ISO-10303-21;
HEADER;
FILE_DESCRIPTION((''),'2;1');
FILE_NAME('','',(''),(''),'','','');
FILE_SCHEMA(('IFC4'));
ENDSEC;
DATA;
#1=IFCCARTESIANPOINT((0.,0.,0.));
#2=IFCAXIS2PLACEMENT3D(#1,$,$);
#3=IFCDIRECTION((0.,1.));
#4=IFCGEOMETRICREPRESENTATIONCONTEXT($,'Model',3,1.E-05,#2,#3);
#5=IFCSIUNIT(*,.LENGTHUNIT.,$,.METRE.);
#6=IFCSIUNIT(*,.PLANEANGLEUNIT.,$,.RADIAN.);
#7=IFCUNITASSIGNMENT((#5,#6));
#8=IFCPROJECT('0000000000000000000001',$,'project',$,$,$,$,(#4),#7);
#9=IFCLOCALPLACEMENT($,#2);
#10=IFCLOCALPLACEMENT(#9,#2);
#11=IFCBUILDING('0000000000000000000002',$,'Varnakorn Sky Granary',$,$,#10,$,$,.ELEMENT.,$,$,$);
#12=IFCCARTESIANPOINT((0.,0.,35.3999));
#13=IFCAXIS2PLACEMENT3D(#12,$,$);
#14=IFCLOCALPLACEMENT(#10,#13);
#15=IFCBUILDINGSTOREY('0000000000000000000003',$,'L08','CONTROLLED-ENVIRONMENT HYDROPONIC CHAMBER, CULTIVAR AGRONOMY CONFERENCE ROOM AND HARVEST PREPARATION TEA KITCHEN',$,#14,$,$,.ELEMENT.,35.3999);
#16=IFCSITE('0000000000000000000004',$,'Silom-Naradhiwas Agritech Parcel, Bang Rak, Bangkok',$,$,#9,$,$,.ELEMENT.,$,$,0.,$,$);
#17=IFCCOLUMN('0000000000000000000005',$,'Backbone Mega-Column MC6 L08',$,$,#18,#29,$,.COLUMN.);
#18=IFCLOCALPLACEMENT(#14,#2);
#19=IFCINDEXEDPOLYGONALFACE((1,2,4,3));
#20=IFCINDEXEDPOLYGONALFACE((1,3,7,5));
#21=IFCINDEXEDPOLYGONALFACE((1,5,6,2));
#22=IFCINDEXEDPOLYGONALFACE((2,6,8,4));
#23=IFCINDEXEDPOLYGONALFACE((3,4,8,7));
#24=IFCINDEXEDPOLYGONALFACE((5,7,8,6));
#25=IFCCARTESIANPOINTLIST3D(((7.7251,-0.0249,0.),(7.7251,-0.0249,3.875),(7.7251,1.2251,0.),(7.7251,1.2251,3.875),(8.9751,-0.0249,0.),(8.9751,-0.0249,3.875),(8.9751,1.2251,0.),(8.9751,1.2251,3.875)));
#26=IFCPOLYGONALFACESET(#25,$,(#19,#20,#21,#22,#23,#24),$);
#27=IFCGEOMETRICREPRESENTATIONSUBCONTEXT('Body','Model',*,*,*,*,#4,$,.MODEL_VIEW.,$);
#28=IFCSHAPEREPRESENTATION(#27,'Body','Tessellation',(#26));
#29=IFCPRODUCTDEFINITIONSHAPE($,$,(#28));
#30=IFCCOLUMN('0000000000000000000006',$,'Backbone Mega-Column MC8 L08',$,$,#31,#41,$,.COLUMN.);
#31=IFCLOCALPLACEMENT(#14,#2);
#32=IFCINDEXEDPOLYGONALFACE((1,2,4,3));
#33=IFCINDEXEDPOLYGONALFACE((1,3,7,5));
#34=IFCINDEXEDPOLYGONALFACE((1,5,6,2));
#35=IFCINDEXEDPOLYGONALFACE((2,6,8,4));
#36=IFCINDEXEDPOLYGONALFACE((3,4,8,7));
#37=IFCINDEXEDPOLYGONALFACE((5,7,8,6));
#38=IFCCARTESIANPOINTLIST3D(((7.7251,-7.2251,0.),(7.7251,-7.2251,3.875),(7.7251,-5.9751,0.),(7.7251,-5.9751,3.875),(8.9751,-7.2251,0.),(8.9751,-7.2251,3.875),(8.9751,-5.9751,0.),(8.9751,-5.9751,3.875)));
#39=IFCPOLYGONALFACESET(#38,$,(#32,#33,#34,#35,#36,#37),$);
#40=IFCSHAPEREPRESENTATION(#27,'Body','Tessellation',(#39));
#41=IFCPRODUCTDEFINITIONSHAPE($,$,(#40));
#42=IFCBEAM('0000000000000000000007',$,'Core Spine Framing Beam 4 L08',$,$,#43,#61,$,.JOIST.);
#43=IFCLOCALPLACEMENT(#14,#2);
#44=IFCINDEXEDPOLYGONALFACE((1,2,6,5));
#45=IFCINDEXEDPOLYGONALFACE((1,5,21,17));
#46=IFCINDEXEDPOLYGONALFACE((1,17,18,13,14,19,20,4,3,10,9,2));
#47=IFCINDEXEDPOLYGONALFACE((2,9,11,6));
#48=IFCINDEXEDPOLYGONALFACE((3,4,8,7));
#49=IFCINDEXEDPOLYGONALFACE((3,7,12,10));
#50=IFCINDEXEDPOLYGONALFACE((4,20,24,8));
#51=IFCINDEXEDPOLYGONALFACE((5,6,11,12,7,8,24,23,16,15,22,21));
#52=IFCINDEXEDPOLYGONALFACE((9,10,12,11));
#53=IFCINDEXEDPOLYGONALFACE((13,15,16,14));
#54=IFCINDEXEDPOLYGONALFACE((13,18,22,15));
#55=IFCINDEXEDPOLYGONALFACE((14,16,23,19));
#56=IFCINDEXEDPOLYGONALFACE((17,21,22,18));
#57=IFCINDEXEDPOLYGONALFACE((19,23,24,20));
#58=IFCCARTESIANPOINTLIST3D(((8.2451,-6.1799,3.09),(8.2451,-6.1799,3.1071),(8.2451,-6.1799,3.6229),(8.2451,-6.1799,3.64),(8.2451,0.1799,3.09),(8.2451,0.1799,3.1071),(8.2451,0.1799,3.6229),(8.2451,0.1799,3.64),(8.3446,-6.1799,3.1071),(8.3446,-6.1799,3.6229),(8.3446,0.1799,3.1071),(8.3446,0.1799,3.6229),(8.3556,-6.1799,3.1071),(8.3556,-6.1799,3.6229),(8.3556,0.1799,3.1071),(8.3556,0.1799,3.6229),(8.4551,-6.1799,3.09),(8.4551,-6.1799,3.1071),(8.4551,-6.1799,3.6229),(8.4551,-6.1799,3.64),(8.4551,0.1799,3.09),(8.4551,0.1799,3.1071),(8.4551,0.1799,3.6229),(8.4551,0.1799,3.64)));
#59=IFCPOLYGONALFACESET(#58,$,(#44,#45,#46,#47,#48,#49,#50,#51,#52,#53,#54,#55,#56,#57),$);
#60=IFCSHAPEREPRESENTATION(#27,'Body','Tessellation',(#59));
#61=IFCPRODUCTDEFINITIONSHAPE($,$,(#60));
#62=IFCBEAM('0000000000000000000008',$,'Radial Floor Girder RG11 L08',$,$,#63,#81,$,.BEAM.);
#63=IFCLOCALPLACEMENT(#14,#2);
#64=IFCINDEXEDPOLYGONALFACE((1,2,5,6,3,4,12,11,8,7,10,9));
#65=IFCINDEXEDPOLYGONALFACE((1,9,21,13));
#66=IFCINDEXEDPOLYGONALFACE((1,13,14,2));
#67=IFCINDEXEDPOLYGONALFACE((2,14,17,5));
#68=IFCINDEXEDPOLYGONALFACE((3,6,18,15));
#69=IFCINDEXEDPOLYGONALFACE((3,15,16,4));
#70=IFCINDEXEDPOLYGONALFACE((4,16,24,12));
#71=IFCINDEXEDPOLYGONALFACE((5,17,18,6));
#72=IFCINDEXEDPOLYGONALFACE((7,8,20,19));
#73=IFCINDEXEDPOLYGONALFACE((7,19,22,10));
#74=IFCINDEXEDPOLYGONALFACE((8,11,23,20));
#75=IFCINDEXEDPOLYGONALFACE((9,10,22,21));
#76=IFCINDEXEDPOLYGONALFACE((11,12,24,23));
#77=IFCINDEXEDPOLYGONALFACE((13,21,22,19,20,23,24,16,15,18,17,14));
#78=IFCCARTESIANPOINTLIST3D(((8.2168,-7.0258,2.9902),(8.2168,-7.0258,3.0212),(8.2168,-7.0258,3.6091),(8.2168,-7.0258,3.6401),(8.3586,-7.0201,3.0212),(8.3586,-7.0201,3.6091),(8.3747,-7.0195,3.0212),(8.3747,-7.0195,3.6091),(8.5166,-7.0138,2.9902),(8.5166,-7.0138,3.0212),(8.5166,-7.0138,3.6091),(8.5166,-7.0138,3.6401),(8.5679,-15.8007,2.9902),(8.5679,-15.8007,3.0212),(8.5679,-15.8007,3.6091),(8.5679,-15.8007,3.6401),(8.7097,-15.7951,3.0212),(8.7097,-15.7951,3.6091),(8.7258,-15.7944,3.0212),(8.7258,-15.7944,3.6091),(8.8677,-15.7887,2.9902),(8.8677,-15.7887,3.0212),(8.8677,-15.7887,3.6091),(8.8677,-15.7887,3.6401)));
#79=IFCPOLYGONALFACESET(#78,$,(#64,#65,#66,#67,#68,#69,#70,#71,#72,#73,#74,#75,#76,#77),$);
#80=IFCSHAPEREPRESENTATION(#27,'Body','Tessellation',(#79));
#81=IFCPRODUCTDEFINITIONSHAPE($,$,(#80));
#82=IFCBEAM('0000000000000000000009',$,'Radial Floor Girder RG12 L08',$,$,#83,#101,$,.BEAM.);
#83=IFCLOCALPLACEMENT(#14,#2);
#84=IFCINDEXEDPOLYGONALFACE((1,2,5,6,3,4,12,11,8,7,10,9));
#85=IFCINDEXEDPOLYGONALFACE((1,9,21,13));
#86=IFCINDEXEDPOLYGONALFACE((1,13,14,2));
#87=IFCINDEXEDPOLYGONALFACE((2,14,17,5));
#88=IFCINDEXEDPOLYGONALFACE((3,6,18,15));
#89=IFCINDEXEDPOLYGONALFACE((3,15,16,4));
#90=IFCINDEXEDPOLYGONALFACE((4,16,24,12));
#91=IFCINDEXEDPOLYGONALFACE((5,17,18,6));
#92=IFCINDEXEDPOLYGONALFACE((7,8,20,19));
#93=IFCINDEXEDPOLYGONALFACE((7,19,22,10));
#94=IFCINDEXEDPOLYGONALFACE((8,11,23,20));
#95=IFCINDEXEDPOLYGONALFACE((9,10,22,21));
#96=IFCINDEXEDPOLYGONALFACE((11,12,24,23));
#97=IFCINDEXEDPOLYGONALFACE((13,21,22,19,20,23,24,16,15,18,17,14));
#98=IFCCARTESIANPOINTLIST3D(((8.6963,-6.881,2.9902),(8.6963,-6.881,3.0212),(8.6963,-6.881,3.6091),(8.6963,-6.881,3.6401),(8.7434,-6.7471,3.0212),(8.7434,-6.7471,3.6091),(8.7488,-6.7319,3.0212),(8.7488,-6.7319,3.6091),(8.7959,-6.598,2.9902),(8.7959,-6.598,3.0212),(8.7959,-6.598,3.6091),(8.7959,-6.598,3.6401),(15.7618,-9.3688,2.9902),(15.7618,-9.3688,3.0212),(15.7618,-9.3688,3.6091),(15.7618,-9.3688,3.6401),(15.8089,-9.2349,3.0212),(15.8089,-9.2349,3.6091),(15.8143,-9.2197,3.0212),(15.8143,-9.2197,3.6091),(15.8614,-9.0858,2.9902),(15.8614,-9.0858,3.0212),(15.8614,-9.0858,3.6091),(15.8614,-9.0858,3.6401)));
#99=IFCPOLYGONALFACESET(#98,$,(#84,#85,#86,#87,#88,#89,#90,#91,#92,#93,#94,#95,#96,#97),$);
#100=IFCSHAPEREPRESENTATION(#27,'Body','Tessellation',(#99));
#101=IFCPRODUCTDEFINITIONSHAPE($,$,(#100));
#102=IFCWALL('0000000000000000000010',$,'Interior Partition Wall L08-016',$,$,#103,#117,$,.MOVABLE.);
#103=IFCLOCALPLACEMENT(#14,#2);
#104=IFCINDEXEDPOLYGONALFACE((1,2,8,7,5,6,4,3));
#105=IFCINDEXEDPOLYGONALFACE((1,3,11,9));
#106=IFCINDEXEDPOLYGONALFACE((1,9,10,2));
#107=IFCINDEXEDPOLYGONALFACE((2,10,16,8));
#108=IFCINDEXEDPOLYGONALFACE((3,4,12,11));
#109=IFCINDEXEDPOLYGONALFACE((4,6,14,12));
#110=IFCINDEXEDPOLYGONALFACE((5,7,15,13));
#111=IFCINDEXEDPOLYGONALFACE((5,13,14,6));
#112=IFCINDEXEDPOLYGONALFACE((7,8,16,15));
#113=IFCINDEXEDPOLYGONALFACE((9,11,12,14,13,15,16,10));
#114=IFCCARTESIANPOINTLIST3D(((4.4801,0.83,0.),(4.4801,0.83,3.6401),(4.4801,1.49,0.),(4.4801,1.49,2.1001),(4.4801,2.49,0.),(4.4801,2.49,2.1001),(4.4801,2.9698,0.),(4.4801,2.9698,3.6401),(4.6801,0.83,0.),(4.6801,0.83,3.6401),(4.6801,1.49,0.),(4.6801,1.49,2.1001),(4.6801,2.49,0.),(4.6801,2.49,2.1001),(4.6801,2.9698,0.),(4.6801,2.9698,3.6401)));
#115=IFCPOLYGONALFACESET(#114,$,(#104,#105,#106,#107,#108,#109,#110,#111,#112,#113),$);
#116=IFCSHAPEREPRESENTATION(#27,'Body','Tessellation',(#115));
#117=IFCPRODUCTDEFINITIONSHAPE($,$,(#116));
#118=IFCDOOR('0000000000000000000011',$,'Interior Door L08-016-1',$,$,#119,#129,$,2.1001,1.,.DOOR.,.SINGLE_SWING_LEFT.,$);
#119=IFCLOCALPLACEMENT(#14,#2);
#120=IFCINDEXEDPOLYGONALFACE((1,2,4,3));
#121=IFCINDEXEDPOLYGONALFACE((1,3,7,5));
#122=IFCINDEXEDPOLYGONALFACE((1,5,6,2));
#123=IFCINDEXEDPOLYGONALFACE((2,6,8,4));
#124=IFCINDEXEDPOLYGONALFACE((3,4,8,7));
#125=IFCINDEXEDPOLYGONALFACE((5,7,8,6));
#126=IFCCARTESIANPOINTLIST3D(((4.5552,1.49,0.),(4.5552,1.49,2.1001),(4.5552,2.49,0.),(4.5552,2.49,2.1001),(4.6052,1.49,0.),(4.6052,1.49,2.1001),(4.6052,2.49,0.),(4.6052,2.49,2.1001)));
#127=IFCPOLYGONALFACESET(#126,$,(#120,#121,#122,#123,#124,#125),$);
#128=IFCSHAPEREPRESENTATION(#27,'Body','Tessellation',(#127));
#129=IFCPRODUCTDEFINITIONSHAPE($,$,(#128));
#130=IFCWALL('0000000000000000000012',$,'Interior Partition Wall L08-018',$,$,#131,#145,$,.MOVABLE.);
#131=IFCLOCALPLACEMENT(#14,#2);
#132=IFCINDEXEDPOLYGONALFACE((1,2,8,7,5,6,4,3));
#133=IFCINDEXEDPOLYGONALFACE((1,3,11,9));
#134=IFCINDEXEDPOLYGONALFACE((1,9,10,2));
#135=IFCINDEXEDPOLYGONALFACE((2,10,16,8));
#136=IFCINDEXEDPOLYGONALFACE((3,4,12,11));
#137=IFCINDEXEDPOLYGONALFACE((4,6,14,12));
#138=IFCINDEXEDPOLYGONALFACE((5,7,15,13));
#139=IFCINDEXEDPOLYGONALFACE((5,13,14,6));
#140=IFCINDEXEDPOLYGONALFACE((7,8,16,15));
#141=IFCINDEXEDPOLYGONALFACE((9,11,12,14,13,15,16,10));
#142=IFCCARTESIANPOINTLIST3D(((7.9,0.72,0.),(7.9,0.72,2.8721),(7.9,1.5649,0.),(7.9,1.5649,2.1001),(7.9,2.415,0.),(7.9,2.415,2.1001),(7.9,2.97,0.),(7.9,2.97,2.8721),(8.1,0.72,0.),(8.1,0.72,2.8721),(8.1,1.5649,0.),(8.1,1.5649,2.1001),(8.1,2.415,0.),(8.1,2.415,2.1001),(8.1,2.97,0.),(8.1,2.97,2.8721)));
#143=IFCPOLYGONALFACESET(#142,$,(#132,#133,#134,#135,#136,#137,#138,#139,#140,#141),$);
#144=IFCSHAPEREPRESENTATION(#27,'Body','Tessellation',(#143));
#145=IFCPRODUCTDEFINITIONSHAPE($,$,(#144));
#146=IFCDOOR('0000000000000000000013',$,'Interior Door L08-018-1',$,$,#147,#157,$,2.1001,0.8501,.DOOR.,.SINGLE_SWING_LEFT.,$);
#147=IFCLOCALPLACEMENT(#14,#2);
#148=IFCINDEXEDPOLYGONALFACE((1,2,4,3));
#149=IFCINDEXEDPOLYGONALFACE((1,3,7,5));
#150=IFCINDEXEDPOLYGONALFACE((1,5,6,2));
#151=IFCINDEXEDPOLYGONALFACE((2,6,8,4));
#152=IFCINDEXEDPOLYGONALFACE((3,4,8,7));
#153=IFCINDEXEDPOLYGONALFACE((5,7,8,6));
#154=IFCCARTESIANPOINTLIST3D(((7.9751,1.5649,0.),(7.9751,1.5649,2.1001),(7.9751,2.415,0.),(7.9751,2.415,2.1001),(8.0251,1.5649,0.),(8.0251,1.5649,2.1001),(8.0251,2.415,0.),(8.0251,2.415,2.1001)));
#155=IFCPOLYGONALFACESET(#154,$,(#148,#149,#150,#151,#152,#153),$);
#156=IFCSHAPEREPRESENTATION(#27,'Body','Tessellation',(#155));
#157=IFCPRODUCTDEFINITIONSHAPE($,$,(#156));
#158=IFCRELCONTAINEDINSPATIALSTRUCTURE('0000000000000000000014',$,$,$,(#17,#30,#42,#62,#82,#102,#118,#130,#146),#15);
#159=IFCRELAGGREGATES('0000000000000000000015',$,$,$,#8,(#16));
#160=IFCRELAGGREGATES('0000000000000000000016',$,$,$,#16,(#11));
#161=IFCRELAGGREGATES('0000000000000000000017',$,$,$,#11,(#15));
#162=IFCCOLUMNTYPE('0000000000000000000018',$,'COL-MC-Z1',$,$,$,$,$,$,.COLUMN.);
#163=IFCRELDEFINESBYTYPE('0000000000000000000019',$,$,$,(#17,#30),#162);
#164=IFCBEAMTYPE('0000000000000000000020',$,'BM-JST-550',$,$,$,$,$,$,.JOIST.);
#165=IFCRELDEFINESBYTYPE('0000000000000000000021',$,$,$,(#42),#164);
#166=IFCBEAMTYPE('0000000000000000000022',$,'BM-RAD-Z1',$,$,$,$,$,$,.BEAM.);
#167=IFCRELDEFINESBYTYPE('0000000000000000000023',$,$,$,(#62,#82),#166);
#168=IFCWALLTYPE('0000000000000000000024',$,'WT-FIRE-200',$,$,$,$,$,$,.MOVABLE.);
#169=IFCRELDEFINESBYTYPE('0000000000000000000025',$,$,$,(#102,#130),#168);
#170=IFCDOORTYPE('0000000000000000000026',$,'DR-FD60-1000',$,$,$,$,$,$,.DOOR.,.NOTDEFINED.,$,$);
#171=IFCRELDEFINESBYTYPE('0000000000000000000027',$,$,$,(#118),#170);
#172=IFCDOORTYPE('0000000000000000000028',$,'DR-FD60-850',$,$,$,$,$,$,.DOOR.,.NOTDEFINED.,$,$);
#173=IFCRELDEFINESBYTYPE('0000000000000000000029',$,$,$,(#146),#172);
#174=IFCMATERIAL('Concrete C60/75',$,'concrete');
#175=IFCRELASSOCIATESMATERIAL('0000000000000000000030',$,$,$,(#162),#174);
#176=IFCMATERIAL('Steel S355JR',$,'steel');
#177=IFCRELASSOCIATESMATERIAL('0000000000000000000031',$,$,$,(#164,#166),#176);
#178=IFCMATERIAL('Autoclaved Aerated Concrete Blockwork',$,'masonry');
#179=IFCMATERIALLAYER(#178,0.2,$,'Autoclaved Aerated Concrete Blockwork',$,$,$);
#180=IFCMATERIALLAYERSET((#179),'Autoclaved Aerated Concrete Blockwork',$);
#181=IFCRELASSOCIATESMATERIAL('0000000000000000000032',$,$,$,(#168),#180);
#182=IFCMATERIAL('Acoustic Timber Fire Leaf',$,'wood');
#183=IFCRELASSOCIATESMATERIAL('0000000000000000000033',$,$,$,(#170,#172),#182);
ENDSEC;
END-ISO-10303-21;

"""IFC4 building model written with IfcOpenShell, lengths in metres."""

from ifc_helpers import new_model, si_unit, direction, frame, frame_2d, origin, origin_2d, place, context, subcontext, project, spatial, rectangle, i_section, extrude, material, layer, layer_set, material_profile, profile_set, type_object, element, fill, save


model = new_model("IFC4")

# Units and contexts
model_context = context("Model", 3, precision=1e-05, world=origin(), true_north=direction((0.0, 1.0)))
body_context = subcontext(model_context, "Body", "Model", "MODEL_VIEW")
ifc_project = project(units=[si_unit("LENGTHUNIT", "METRE"), si_unit("PLANEANGLEUNIT", "RADIAN")], contexts=[model_context])

# Site, building, storey
site_placement = place(None, origin())
site = spatial("IfcSite", under=ifc_project, at=site_placement, Name="Silom-Naradhiwas Agritech Parcel, Bang Rak, Bangkok", CompositionType="ELEMENT", RefElevation=0.0)
building_placement = place(site_placement, origin())
building = spatial("IfcBuilding", under=site, at=building_placement, Name="Varnakorn Sky Granary", CompositionType="ELEMENT")
storey_placement = place(building_placement, frame((0.0, 0.0, 35.3999)))
storey = spatial("IfcBuildingStorey", under=building, at=storey_placement, Name="L08", Description="CONTROLLED-ENVIRONMENT HYDROPONIC CHAMBER, CULTIVAR AGRONOMY CONFERENCE ROOM AND HARVEST PREPARATION TEA KITCHEN", CompositionType="ELEMENT", Elevation=35.3999)

# Columns
ifc_material_1 = material(Name="Concrete C60/75", Category="concrete")
ifc_material_profile_1 = material_profile(ifc_material_1, rectangle(XDim=1.25, YDim=1.25, at=origin_2d()), Name="RC 1250x1250")
ifc_profile_set_1 = profile_set([ifc_material_profile_1], Name="Concrete C60/75")
column_type = type_object("IfcColumnType", Name="COL-MC-Z1", PredefinedType="COLUMN", material=ifc_profile_set_1)
for number, where, z_axis, x_axis, name in (
    (1, (8.3501, 0.6001, 0.0), (0.0, 0.0, 1.0), (1.0, 0.0, 0.0), "Backbone Mega-Column MC6 L08"),
    (2, (8.3501, -6.6001, 0.0), (0.0, 0.0, 1.0), (1.0, 0.0, 0.0), "Backbone Mega-Column MC8 L08"),
):
    element("IfcColumn", number, at=place(storey_placement, frame(where, z_axis=z_axis, x_axis=x_axis)), inside=storey, type_object=column_type, Name=name, PredefinedType="COLUMN", context=body_context, shape_type="SweptSolid", body=[
        extrude(rectangle(XDim=1.25, YDim=1.25, at=origin_2d()), origin(), (0.0, 0.0, 1.0), 3.875),
    ])

# Beams
ifc_material_2 = material(Name="Steel S355JR", Category="steel")
ifc_material_profile_2 = material_profile(ifc_material_2, i_section(OverallWidth=0.21, OverallDepth=0.55, WebThickness=0.011, FlangeThickness=0.0171, at=origin_2d()), Name="IPE 550")
ifc_profile_set_2 = profile_set([ifc_material_profile_2], Name="Steel S355JR")
beam_type_1 = type_object("IfcBeamType", Name="BM-JST-550", PredefinedType="JOIST", material=ifc_profile_set_2)
beam_1_placement = place(storey_placement, frame((8.3501, 0.1799, 3.365), z_axis=(0.0, -1.0, 0.0), x_axis=(1.0, 0.0, 0.0)))
element("IfcBeam", 3, at=beam_1_placement, inside=storey, type_object=beam_type_1, Name="Core Spine Framing Beam 4 L08", PredefinedType="JOIST", context=body_context, shape_type="SweptSolid", body=[
    extrude(i_section(OverallWidth=0.21, OverallDepth=0.55, WebThickness=0.011, FlangeThickness=0.0171, at=origin_2d()), origin(), (0.0, 0.0, 1.0), 6.3599),
])
ifc_material_profile_3 = material_profile(ifc_material_2, i_section(OverallWidth=0.3, OverallDepth=0.6499, WebThickness=0.0161, FlangeThickness=0.031, at=origin_2d()), Name="HE 650 B")
ifc_profile_set_3 = profile_set([ifc_material_profile_3], Name="Steel S355JR")
beam_type_2 = type_object("IfcBeamType", Name="BM-RAD-Z1", PredefinedType="BEAM", material=ifc_profile_set_3)
beam_2_placement = place(storey_placement, frame((8.3667, -7.0198, 3.3152), z_axis=(0.039977, -0.999201, 0.0), x_axis=(0.999201, 0.039977, 0.0)))
element("IfcBeam", 4, at=beam_2_placement, inside=storey, type_object=beam_type_2, Name="Radial Floor Girder RG11 L08", PredefinedType="BEAM", context=body_context, shape_type="SweptSolid", body=[
    extrude(i_section(OverallWidth=0.3, OverallDepth=0.6499, WebThickness=0.0161, FlangeThickness=0.031, at=origin_2d()), origin(), (0.0, 0.0, 1.0), 8.782),
])
beam_3_placement = place(storey_placement, frame((8.7461, -6.7395, 3.3152), z_axis=(0.943237, -0.332121, 0.0), x_axis=(0.332121, 0.943237, 0.0)))
element("IfcBeam", 5, at=beam_3_placement, inside=storey, type_object=beam_type_2, Name="Radial Floor Girder RG12 L08", PredefinedType="BEAM", context=body_context, shape_type="SweptSolid", body=[
    extrude(i_section(OverallWidth=0.3, OverallDepth=0.6499, WebThickness=0.0161, FlangeThickness=0.031, at=origin_2d()), origin(), (0.0, 0.0, 1.0), 7.4907),
])

# Walls, openings, doors
ifc_material_3 = material(Name="Autoclaved Aerated Concrete Blockwork", Category="masonry")
ifc_layer_1 = layer(ifc_material_3, 0.2, Name="Autoclaved Aerated Concrete Blockwork")
ifc_layer_set_1 = layer_set([ifc_layer_1], Name="Autoclaved Aerated Concrete Blockwork")
wall_type_1 = type_object("IfcWallType", Name="WT-FIRE-200", PredefinedType="MOVABLE", material=ifc_layer_set_1)
wall_1_placement = place(storey_placement, frame((4.5801, 0.8301, 0.0), z_axis=(0.0, 0.0, 1.0), x_axis=(0.0, 1.0, 0.0)))
wall_1 = element("IfcWall", 6, at=wall_1_placement, inside=storey, type_object=wall_type_1, Name="Interior Partition Wall L08-016", PredefinedType="MOVABLE", context=body_context, shape_type="SweptSolid", body=[
    extrude(rectangle(XDim=2.1399, YDim=0.2, at=frame_2d((1.0698, 0.0))), origin(), (0.0, 0.0, 1.0), 3.6401),
])
opening_1_placement = place(wall_1_placement, frame((0.6599, 0.0, 0.0)))
opening_1 = element("IfcOpeningElement", 7, at=opening_1_placement, cuts=wall_1, PredefinedType="OPENING", context=body_context, shape_type="SweptSolid", body=[
    extrude(rectangle(XDim=1.0, YDim=2.1001, at=frame_2d((0.5, 1.05))), frame((0.0, 0.1099, 0.0), z_axis=(0.0, -1.0, 0.0), x_axis=(1.0, 0.0, 0.0)), (0.0, 0.0, 1.0), 0.22),
])
ifc_material_4 = material(Name="Acoustic Timber Fire Leaf", Category="wood")
door_type_1 = type_object("IfcDoorType", Name="DR-FD60-1000", OperationType="NOTDEFINED", PredefinedType="DOOR", material=ifc_material_4)
door_1_placement = place(opening_1_placement, origin())
door_1 = element("IfcDoor", 8, at=door_1_placement, inside=storey, type_object=door_type_1, Name="Interior Door L08-016-1", OperationType="SINGLE_SWING_LEFT", OverallHeight=2.1001, OverallWidth=1.0, PredefinedType="DOOR", context=body_context, shape_type="SweptSolid", body=[
    extrude(rectangle(XDim=1.0, YDim=2.1001, at=frame_2d((0.5, 1.05))), frame((0.0, 0.0249, 0.0), z_axis=(0.0, -1.0, 0.0), x_axis=(1.0, 0.0, 0.0)), (0.0, 0.0, 1.0), 0.05),
])
fill(opening_1, door_1)
wall_2_placement = place(storey_placement, frame((8.0, 0.72, 0.0), z_axis=(0.0, 0.0, 1.0), x_axis=(0.0, 1.0, 0.0)))
wall_2 = element("IfcWall", 9, at=wall_2_placement, inside=storey, type_object=wall_type_1, Name="Interior Partition Wall L08-018", PredefinedType="MOVABLE", context=body_context, shape_type="SweptSolid", body=[
    extrude(rectangle(XDim=2.25, YDim=0.2, at=frame_2d((1.125, 0.0))), origin(), (0.0, 0.0, 1.0), 2.8721),
])
opening_2_placement = place(wall_2_placement, frame((0.845, 0.0, 0.0)))
opening_2 = element("IfcOpeningElement", 10, at=opening_2_placement, cuts=wall_2, PredefinedType="OPENING", context=body_context, shape_type="SweptSolid", body=[
    extrude(rectangle(XDim=0.8501, YDim=2.1001, at=frame_2d((0.425, 1.05))), frame((0.0, 0.1099, 0.0), z_axis=(0.0, -1.0, 0.0), x_axis=(1.0, 0.0, 0.0)), (0.0, 0.0, 1.0), 0.22),
])
door_type_2 = type_object("IfcDoorType", Name="DR-FD60-850", OperationType="NOTDEFINED", PredefinedType="DOOR", material=ifc_material_4)
door_2_placement = place(opening_2_placement, origin())
door_2 = element("IfcDoor", 11, at=door_2_placement, inside=storey, type_object=door_type_2, Name="Interior Door L08-018-1", OperationType="SINGLE_SWING_LEFT", OverallHeight=2.1001, OverallWidth=0.8501, PredefinedType="DOOR", context=body_context, shape_type="SweptSolid", body=[
    extrude(rectangle(XDim=0.8501, YDim=2.1001, at=frame_2d((0.425, 1.05))), frame((0.0, 0.0249, 0.0), z_axis=(0.0, -1.0, 0.0), x_axis=(1.0, 0.0, 0.0)), (0.0, 0.0, 1.0), 0.05),
])
fill(opening_2, door_2)

save(model, "model.ifc")
